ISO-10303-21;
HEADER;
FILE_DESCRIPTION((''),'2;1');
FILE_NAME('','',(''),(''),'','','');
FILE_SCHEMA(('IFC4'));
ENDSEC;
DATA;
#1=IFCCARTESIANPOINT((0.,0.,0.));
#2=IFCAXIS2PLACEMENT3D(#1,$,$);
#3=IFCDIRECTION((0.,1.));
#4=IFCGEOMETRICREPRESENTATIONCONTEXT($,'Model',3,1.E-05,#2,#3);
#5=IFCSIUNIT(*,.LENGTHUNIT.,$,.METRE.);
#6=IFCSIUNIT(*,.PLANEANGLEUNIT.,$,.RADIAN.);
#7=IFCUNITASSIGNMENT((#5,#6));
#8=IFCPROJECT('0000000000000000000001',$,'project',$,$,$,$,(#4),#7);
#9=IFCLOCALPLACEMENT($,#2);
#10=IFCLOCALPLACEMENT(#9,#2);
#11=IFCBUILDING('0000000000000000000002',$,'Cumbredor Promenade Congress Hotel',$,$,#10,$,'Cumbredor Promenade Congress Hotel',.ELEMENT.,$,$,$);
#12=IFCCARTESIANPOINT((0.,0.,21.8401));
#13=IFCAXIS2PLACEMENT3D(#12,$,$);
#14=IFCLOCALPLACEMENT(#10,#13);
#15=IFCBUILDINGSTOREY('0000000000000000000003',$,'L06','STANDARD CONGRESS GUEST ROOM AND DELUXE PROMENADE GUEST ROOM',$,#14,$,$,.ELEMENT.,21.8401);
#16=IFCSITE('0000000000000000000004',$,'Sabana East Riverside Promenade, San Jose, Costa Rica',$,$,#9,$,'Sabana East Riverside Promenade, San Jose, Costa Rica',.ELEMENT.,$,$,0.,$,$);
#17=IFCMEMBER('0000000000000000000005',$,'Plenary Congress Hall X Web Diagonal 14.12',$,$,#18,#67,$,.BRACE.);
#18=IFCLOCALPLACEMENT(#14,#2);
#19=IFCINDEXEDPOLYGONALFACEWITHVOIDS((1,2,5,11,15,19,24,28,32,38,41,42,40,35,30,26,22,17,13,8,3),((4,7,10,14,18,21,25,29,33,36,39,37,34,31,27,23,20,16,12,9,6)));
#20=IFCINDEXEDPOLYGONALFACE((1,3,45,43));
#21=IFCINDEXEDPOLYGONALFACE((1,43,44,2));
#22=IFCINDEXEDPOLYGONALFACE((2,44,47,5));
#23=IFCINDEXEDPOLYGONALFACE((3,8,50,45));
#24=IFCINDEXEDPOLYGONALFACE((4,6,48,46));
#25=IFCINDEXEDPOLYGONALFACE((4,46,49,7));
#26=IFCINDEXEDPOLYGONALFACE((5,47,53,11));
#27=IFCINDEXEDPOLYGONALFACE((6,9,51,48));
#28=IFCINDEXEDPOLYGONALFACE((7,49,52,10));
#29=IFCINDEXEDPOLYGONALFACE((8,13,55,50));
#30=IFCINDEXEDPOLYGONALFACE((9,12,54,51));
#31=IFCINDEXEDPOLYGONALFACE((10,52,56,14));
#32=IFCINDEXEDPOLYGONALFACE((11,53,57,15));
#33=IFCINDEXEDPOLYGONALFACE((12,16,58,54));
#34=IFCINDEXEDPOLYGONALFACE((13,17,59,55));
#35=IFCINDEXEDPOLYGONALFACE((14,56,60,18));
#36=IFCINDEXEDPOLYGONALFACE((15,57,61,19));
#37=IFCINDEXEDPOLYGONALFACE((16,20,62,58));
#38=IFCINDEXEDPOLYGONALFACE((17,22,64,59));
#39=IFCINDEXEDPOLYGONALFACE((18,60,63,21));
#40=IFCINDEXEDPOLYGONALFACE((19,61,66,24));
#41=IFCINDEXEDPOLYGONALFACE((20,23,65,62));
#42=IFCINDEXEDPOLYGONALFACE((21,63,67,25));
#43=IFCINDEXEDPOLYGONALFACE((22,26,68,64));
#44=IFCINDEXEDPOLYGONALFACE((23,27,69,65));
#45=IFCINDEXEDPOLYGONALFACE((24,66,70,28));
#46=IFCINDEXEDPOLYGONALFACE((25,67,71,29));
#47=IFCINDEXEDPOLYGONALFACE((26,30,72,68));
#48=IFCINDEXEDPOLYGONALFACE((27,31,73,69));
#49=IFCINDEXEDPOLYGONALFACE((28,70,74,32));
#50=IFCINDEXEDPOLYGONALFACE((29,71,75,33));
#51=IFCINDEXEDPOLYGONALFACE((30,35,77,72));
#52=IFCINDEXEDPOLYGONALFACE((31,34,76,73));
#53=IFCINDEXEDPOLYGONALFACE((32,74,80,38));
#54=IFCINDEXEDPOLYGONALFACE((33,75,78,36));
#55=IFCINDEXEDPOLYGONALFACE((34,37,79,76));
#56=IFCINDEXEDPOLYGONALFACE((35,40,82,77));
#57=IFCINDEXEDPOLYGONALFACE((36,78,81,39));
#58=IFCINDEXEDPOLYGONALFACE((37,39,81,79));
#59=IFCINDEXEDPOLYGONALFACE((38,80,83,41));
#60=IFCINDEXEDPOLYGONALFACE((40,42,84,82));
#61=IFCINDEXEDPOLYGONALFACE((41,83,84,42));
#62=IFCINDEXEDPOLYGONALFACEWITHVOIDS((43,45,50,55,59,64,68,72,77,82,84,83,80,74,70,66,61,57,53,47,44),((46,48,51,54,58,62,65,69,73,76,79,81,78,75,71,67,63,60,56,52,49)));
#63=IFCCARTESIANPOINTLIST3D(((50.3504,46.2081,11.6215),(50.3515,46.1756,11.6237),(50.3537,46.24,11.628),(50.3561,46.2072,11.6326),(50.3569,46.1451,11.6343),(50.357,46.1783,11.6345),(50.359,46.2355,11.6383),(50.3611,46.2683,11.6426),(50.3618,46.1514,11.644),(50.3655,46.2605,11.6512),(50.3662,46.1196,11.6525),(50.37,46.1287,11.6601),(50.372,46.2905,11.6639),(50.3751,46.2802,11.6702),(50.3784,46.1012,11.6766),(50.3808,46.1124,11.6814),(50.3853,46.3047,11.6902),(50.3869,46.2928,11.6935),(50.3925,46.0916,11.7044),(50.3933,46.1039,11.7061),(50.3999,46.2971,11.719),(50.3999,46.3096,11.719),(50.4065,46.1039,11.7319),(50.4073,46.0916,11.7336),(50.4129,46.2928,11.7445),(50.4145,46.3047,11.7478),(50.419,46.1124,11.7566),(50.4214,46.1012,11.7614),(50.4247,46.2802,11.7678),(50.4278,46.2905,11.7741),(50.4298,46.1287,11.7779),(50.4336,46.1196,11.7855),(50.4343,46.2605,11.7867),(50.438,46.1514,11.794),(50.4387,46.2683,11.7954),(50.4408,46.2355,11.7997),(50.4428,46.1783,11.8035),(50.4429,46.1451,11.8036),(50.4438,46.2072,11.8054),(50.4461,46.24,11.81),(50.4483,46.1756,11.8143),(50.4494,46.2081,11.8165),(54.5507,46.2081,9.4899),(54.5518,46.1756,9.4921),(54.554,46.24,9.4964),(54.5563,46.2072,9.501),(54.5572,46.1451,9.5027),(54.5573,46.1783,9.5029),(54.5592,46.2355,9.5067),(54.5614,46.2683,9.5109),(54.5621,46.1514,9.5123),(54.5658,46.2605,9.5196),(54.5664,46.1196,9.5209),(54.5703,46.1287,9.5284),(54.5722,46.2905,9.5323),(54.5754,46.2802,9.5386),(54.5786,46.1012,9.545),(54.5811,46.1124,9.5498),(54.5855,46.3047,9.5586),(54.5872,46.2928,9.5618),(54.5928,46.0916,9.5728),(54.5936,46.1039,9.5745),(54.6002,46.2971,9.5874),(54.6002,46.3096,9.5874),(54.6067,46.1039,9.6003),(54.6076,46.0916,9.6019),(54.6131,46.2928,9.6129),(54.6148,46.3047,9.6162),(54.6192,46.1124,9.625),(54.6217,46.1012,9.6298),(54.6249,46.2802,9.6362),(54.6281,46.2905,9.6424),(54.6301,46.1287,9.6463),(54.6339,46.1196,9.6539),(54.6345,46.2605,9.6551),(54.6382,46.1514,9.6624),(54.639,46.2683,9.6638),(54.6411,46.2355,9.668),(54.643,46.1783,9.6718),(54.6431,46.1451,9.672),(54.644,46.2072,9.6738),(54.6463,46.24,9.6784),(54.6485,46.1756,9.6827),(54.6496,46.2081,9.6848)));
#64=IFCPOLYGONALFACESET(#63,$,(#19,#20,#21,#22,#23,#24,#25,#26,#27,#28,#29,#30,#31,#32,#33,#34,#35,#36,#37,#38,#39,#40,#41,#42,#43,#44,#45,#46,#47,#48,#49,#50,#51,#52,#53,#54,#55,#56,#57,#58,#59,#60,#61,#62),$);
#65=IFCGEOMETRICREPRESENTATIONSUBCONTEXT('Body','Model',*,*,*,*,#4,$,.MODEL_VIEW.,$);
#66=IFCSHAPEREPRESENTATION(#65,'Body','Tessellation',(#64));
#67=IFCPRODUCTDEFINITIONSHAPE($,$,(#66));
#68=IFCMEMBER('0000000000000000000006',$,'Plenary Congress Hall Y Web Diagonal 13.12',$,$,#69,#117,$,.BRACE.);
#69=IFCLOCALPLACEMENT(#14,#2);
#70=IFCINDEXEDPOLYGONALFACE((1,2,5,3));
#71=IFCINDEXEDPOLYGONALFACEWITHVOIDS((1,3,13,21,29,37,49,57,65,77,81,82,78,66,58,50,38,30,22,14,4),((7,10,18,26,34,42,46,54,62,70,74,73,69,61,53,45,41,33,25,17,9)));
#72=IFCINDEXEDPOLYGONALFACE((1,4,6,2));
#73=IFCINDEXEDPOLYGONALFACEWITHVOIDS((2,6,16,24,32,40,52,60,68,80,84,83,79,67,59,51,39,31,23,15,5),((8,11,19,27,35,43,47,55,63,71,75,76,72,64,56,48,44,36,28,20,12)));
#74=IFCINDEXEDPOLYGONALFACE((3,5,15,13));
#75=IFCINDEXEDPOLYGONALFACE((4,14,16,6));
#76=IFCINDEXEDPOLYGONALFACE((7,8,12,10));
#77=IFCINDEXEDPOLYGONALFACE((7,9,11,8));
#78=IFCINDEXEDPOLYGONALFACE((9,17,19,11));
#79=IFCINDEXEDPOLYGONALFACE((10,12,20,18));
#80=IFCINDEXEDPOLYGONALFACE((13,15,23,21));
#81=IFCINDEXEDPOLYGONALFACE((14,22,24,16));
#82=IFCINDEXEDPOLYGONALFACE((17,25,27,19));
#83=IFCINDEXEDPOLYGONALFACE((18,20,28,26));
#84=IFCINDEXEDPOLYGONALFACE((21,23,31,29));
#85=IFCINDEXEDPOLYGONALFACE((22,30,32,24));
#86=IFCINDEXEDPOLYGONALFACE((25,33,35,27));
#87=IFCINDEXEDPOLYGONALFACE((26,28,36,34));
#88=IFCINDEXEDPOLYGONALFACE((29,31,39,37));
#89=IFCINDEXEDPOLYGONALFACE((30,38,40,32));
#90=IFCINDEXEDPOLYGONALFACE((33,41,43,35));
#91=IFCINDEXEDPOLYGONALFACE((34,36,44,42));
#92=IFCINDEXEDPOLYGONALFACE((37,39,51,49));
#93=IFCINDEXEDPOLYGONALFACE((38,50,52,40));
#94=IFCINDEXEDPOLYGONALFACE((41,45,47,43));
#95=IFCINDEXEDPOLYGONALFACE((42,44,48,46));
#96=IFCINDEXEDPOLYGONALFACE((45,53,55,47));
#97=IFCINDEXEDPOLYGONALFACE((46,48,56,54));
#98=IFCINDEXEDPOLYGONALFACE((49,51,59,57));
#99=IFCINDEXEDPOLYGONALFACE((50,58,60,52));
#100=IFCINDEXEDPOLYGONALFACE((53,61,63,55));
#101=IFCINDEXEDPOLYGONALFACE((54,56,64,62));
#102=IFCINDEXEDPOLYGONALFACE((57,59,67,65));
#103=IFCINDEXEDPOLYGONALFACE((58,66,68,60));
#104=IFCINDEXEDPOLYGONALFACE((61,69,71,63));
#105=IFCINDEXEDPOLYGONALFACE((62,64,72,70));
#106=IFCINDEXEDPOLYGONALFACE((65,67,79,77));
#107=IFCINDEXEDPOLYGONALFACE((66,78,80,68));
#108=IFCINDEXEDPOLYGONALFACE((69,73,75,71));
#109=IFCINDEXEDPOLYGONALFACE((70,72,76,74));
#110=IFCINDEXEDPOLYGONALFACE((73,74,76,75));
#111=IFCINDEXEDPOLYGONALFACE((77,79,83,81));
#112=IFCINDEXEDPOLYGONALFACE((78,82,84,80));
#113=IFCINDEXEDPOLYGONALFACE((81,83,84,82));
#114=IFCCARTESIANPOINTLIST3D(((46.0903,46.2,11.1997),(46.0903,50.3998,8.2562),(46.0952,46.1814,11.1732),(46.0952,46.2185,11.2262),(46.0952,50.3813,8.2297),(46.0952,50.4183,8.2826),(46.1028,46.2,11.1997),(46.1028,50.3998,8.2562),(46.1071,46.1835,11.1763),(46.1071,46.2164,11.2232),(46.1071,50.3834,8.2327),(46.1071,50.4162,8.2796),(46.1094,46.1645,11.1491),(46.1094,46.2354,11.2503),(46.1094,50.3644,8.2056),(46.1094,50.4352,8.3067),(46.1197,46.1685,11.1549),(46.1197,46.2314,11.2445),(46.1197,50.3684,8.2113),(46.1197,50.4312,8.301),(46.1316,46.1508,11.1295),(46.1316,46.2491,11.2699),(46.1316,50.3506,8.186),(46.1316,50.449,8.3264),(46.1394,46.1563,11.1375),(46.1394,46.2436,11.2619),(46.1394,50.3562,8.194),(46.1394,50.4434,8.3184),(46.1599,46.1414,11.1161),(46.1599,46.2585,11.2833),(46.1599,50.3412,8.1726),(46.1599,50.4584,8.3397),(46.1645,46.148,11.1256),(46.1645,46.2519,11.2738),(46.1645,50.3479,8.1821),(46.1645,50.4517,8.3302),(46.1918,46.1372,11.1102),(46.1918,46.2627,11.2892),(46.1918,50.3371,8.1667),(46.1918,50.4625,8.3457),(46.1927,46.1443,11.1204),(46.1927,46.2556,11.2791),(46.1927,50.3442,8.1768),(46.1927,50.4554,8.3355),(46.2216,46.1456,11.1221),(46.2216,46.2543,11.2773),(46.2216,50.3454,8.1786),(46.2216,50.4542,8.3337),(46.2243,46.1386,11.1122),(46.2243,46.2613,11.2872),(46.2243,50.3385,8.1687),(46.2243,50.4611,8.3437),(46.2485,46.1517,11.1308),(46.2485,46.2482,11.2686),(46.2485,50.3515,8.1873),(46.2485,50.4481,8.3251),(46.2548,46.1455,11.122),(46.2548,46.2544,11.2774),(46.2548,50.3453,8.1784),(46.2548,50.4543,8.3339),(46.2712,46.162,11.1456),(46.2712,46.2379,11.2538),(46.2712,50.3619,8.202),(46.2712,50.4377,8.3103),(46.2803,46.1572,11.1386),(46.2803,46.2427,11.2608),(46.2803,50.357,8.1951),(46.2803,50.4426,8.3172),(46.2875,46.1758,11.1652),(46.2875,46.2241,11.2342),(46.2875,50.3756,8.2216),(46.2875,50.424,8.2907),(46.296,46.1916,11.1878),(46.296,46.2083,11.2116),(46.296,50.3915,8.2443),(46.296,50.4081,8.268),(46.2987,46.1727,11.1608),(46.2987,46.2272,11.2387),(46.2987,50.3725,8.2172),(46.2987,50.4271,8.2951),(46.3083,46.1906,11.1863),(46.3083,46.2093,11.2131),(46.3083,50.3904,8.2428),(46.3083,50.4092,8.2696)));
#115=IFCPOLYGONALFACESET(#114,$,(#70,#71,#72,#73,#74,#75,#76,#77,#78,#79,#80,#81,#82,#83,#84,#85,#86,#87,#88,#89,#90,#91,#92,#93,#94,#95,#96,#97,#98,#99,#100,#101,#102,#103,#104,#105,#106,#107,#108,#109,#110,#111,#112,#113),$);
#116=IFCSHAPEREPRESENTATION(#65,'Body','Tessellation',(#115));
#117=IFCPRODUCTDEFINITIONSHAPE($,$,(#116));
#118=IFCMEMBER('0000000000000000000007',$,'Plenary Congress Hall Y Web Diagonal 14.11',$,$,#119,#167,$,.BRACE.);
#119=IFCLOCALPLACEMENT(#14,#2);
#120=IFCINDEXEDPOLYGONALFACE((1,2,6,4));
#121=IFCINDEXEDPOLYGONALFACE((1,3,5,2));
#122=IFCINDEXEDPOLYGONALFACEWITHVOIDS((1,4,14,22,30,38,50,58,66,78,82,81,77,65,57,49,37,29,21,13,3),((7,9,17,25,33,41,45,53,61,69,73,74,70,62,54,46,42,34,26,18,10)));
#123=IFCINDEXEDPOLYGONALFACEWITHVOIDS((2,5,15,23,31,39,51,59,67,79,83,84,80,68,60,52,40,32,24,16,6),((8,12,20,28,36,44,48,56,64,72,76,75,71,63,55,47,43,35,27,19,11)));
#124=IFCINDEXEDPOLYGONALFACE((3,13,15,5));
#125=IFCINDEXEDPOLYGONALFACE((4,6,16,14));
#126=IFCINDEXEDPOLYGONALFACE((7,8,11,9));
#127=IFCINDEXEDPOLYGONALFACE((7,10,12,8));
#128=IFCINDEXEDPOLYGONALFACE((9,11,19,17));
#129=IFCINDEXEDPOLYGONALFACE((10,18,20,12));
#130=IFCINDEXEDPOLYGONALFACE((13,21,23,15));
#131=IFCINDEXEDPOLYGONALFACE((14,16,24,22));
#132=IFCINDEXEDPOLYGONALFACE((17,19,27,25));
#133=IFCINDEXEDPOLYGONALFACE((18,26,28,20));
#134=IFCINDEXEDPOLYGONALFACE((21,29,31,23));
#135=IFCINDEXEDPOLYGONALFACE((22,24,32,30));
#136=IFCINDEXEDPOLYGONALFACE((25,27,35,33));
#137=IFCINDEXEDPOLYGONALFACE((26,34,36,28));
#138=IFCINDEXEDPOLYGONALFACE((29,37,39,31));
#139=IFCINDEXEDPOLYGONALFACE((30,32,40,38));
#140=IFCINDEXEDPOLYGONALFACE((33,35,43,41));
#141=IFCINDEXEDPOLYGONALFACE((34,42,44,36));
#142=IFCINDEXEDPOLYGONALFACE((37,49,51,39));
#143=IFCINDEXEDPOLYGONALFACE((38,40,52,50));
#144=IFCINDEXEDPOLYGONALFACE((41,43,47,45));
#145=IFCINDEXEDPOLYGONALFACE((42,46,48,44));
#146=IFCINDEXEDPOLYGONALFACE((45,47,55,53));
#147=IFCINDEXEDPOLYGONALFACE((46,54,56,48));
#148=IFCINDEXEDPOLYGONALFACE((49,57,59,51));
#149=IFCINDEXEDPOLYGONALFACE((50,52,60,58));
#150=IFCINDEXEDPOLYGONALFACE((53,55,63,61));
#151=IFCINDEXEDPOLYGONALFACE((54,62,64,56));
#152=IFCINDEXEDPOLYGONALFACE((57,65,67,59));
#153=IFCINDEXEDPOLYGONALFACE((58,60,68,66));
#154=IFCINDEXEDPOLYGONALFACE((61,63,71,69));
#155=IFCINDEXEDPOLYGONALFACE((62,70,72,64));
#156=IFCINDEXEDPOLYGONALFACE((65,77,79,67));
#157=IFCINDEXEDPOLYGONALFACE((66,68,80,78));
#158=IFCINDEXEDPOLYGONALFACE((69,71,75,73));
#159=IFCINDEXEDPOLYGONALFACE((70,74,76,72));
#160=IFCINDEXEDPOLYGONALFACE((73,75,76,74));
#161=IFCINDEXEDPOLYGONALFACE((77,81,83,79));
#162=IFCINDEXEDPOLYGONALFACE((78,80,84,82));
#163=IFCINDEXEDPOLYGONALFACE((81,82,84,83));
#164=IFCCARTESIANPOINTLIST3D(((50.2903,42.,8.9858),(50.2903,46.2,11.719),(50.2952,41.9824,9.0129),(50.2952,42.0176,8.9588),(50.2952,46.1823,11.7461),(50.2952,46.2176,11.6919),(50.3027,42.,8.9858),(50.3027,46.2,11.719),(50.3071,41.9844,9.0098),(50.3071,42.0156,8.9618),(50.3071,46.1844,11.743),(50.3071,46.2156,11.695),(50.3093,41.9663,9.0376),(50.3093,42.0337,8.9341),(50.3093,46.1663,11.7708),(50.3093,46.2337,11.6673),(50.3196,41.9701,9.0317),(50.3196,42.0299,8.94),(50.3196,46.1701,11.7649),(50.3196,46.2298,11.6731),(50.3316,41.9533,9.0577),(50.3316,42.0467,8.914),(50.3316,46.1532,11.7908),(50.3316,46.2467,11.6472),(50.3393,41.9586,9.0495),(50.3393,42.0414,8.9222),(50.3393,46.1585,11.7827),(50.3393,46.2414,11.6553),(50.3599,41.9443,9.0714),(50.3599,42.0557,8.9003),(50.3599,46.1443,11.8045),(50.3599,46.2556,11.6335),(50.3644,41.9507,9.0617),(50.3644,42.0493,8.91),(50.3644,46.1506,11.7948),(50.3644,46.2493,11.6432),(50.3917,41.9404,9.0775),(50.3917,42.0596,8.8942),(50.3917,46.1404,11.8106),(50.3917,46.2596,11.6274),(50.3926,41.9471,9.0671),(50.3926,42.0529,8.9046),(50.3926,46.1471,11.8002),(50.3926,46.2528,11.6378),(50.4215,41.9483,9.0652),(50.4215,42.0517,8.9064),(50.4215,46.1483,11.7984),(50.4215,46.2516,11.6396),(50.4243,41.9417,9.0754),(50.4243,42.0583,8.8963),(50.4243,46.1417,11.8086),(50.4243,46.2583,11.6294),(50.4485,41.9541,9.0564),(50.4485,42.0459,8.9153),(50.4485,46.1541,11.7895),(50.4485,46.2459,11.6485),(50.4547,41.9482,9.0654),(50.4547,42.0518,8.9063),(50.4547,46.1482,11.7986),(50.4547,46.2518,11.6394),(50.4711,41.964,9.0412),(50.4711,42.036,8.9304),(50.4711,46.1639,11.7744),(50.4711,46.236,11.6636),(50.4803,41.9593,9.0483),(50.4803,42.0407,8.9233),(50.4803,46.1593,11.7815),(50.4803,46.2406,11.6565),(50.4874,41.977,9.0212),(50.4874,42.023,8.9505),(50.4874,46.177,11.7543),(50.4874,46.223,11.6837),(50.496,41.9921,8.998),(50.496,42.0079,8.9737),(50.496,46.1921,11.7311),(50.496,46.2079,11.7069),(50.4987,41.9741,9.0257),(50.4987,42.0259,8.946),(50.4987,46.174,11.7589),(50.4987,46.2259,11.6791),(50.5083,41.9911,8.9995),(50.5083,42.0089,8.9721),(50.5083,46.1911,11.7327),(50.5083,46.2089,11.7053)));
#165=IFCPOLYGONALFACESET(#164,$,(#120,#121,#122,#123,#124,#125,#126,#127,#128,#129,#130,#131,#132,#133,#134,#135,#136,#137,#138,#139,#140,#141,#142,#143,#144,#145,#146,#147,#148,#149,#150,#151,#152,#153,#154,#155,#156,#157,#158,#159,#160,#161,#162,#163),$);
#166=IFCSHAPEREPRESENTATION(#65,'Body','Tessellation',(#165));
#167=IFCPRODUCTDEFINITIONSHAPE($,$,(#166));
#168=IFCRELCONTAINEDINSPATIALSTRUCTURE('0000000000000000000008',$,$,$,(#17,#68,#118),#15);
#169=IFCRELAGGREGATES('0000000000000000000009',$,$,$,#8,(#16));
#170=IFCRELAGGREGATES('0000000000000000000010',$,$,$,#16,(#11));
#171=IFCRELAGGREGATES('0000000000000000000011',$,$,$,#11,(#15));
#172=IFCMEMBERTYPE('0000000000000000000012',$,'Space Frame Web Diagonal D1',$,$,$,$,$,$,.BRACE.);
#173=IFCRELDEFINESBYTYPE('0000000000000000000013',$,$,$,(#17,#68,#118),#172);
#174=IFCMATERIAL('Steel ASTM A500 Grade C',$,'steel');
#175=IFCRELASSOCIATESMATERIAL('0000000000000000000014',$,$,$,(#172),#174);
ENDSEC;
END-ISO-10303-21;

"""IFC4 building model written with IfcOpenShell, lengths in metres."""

from ifc_helpers import new_model, si_unit, direction, frame, origin, origin_2d, place, context, subcontext, project, spatial, hollow_circle, extrude, material, material_profile, profile_set, type_object, element, save


model = new_model("IFC4")

# Units and contexts
model_context = context("Model", 3, precision=1e-05, world=origin(), true_north=direction((0.0, 1.0)))
body_context = subcontext(model_context, "Body", "Model", "MODEL_VIEW")
ifc_project = project(units=[si_unit("LENGTHUNIT", "METRE"), si_unit("PLANEANGLEUNIT", "RADIAN")], contexts=[model_context])

# Site, building, storey
site_placement = place(None, origin())
site = spatial("IfcSite", under=ifc_project, at=site_placement, Name="Sabana East Riverside Promenade, San Jose, Costa Rica", LongName="Sabana East Riverside Promenade, San Jose, Costa Rica", CompositionType="ELEMENT", RefElevation=0.0)
building_placement = place(site_placement, origin())
building = spatial("IfcBuilding", under=site, at=building_placement, Name="Cumbredor Promenade Congress Hotel", LongName="Cumbredor Promenade Congress Hotel", CompositionType="ELEMENT")
storey_placement = place(building_placement, frame((0.0, 0.0, 21.8401)))
storey = spatial("IfcBuildingStorey", under=building, at=storey_placement, Name="L06", Description="STANDARD CONGRESS GUEST ROOM AND DELUXE PROMENADE GUEST ROOM", CompositionType="ELEMENT", Elevation=21.8401)

# Members
ifc_material_1 = material(Name="Steel ASTM A500 Grade C", Category="steel")
ifc_material_profile_1 = material_profile(ifc_material_1, hollow_circle(Radius=0.1096, WallThickness=0.0125, at=origin_2d()), Name="CHS 219.1x12.5")
ifc_profile_set_1 = profile_set([ifc_material_profile_1], Name="Steel ASTM A500 Grade C")
member_type_1 = type_object("IfcMemberType", Name="Space Frame Web Diagonal D1", PredefinedType="BRACE", material=ifc_profile_set_1)
member_1_placement = place(storey_placement, frame((50.3999, 46.2, 11.719), z_axis=(0.891737, 0.0, -0.452555), x_axis=(0.0, 1.0, 0.0)))
element("IfcMember", 1, at=member_1_placement, inside=storey, type_object=member_type_1, Name="Plenary Congress Hall X Web Diagonal 14.12", PredefinedType="BRACE", context=body_context, shape_type="SweptSolid", body=[
    extrude(hollow_circle(Radius=0.1096, WallThickness=0.0125, at=origin_2d()), origin(), (0.0, 0.0, 1.0), 4.7102),
])
member_2_placement = place(storey_placement, frame((46.2, 46.2, 11.1997), z_axis=(0.0, 0.818899, -0.573938), x_axis=(-1.0, 0.0, 0.0)))
element("IfcMember", 2, at=member_2_placement, inside=storey, type_object=member_type_1, Name="Plenary Congress Hall Y Web Diagonal 13.12", PredefinedType="BRACE", context=body_context, shape_type="SweptSolid", body=[
    extrude(hollow_circle(Radius=0.1096, WallThickness=0.0125, at=origin_2d()), origin(), (0.0, 0.0, 1.0), 5.1287),
])
member_3_placement = place(storey_placement, frame((50.3999, 42.0, 8.9858), z_axis=(0.0, 0.838153, 0.545435), x_axis=(-1.0, 0.0, 0.0)))
element("IfcMember", 3, at=member_3_placement, inside=storey, type_object=member_type_1, Name="Plenary Congress Hall Y Web Diagonal 14.11", PredefinedType="BRACE", context=body_context, shape_type="SweptSolid", body=[
    extrude(hollow_circle(Radius=0.1096, WallThickness=0.0125, at=origin_2d()), origin(), (0.0, 0.0, 1.0), 5.011),
])

save(model, "model.ifc")
